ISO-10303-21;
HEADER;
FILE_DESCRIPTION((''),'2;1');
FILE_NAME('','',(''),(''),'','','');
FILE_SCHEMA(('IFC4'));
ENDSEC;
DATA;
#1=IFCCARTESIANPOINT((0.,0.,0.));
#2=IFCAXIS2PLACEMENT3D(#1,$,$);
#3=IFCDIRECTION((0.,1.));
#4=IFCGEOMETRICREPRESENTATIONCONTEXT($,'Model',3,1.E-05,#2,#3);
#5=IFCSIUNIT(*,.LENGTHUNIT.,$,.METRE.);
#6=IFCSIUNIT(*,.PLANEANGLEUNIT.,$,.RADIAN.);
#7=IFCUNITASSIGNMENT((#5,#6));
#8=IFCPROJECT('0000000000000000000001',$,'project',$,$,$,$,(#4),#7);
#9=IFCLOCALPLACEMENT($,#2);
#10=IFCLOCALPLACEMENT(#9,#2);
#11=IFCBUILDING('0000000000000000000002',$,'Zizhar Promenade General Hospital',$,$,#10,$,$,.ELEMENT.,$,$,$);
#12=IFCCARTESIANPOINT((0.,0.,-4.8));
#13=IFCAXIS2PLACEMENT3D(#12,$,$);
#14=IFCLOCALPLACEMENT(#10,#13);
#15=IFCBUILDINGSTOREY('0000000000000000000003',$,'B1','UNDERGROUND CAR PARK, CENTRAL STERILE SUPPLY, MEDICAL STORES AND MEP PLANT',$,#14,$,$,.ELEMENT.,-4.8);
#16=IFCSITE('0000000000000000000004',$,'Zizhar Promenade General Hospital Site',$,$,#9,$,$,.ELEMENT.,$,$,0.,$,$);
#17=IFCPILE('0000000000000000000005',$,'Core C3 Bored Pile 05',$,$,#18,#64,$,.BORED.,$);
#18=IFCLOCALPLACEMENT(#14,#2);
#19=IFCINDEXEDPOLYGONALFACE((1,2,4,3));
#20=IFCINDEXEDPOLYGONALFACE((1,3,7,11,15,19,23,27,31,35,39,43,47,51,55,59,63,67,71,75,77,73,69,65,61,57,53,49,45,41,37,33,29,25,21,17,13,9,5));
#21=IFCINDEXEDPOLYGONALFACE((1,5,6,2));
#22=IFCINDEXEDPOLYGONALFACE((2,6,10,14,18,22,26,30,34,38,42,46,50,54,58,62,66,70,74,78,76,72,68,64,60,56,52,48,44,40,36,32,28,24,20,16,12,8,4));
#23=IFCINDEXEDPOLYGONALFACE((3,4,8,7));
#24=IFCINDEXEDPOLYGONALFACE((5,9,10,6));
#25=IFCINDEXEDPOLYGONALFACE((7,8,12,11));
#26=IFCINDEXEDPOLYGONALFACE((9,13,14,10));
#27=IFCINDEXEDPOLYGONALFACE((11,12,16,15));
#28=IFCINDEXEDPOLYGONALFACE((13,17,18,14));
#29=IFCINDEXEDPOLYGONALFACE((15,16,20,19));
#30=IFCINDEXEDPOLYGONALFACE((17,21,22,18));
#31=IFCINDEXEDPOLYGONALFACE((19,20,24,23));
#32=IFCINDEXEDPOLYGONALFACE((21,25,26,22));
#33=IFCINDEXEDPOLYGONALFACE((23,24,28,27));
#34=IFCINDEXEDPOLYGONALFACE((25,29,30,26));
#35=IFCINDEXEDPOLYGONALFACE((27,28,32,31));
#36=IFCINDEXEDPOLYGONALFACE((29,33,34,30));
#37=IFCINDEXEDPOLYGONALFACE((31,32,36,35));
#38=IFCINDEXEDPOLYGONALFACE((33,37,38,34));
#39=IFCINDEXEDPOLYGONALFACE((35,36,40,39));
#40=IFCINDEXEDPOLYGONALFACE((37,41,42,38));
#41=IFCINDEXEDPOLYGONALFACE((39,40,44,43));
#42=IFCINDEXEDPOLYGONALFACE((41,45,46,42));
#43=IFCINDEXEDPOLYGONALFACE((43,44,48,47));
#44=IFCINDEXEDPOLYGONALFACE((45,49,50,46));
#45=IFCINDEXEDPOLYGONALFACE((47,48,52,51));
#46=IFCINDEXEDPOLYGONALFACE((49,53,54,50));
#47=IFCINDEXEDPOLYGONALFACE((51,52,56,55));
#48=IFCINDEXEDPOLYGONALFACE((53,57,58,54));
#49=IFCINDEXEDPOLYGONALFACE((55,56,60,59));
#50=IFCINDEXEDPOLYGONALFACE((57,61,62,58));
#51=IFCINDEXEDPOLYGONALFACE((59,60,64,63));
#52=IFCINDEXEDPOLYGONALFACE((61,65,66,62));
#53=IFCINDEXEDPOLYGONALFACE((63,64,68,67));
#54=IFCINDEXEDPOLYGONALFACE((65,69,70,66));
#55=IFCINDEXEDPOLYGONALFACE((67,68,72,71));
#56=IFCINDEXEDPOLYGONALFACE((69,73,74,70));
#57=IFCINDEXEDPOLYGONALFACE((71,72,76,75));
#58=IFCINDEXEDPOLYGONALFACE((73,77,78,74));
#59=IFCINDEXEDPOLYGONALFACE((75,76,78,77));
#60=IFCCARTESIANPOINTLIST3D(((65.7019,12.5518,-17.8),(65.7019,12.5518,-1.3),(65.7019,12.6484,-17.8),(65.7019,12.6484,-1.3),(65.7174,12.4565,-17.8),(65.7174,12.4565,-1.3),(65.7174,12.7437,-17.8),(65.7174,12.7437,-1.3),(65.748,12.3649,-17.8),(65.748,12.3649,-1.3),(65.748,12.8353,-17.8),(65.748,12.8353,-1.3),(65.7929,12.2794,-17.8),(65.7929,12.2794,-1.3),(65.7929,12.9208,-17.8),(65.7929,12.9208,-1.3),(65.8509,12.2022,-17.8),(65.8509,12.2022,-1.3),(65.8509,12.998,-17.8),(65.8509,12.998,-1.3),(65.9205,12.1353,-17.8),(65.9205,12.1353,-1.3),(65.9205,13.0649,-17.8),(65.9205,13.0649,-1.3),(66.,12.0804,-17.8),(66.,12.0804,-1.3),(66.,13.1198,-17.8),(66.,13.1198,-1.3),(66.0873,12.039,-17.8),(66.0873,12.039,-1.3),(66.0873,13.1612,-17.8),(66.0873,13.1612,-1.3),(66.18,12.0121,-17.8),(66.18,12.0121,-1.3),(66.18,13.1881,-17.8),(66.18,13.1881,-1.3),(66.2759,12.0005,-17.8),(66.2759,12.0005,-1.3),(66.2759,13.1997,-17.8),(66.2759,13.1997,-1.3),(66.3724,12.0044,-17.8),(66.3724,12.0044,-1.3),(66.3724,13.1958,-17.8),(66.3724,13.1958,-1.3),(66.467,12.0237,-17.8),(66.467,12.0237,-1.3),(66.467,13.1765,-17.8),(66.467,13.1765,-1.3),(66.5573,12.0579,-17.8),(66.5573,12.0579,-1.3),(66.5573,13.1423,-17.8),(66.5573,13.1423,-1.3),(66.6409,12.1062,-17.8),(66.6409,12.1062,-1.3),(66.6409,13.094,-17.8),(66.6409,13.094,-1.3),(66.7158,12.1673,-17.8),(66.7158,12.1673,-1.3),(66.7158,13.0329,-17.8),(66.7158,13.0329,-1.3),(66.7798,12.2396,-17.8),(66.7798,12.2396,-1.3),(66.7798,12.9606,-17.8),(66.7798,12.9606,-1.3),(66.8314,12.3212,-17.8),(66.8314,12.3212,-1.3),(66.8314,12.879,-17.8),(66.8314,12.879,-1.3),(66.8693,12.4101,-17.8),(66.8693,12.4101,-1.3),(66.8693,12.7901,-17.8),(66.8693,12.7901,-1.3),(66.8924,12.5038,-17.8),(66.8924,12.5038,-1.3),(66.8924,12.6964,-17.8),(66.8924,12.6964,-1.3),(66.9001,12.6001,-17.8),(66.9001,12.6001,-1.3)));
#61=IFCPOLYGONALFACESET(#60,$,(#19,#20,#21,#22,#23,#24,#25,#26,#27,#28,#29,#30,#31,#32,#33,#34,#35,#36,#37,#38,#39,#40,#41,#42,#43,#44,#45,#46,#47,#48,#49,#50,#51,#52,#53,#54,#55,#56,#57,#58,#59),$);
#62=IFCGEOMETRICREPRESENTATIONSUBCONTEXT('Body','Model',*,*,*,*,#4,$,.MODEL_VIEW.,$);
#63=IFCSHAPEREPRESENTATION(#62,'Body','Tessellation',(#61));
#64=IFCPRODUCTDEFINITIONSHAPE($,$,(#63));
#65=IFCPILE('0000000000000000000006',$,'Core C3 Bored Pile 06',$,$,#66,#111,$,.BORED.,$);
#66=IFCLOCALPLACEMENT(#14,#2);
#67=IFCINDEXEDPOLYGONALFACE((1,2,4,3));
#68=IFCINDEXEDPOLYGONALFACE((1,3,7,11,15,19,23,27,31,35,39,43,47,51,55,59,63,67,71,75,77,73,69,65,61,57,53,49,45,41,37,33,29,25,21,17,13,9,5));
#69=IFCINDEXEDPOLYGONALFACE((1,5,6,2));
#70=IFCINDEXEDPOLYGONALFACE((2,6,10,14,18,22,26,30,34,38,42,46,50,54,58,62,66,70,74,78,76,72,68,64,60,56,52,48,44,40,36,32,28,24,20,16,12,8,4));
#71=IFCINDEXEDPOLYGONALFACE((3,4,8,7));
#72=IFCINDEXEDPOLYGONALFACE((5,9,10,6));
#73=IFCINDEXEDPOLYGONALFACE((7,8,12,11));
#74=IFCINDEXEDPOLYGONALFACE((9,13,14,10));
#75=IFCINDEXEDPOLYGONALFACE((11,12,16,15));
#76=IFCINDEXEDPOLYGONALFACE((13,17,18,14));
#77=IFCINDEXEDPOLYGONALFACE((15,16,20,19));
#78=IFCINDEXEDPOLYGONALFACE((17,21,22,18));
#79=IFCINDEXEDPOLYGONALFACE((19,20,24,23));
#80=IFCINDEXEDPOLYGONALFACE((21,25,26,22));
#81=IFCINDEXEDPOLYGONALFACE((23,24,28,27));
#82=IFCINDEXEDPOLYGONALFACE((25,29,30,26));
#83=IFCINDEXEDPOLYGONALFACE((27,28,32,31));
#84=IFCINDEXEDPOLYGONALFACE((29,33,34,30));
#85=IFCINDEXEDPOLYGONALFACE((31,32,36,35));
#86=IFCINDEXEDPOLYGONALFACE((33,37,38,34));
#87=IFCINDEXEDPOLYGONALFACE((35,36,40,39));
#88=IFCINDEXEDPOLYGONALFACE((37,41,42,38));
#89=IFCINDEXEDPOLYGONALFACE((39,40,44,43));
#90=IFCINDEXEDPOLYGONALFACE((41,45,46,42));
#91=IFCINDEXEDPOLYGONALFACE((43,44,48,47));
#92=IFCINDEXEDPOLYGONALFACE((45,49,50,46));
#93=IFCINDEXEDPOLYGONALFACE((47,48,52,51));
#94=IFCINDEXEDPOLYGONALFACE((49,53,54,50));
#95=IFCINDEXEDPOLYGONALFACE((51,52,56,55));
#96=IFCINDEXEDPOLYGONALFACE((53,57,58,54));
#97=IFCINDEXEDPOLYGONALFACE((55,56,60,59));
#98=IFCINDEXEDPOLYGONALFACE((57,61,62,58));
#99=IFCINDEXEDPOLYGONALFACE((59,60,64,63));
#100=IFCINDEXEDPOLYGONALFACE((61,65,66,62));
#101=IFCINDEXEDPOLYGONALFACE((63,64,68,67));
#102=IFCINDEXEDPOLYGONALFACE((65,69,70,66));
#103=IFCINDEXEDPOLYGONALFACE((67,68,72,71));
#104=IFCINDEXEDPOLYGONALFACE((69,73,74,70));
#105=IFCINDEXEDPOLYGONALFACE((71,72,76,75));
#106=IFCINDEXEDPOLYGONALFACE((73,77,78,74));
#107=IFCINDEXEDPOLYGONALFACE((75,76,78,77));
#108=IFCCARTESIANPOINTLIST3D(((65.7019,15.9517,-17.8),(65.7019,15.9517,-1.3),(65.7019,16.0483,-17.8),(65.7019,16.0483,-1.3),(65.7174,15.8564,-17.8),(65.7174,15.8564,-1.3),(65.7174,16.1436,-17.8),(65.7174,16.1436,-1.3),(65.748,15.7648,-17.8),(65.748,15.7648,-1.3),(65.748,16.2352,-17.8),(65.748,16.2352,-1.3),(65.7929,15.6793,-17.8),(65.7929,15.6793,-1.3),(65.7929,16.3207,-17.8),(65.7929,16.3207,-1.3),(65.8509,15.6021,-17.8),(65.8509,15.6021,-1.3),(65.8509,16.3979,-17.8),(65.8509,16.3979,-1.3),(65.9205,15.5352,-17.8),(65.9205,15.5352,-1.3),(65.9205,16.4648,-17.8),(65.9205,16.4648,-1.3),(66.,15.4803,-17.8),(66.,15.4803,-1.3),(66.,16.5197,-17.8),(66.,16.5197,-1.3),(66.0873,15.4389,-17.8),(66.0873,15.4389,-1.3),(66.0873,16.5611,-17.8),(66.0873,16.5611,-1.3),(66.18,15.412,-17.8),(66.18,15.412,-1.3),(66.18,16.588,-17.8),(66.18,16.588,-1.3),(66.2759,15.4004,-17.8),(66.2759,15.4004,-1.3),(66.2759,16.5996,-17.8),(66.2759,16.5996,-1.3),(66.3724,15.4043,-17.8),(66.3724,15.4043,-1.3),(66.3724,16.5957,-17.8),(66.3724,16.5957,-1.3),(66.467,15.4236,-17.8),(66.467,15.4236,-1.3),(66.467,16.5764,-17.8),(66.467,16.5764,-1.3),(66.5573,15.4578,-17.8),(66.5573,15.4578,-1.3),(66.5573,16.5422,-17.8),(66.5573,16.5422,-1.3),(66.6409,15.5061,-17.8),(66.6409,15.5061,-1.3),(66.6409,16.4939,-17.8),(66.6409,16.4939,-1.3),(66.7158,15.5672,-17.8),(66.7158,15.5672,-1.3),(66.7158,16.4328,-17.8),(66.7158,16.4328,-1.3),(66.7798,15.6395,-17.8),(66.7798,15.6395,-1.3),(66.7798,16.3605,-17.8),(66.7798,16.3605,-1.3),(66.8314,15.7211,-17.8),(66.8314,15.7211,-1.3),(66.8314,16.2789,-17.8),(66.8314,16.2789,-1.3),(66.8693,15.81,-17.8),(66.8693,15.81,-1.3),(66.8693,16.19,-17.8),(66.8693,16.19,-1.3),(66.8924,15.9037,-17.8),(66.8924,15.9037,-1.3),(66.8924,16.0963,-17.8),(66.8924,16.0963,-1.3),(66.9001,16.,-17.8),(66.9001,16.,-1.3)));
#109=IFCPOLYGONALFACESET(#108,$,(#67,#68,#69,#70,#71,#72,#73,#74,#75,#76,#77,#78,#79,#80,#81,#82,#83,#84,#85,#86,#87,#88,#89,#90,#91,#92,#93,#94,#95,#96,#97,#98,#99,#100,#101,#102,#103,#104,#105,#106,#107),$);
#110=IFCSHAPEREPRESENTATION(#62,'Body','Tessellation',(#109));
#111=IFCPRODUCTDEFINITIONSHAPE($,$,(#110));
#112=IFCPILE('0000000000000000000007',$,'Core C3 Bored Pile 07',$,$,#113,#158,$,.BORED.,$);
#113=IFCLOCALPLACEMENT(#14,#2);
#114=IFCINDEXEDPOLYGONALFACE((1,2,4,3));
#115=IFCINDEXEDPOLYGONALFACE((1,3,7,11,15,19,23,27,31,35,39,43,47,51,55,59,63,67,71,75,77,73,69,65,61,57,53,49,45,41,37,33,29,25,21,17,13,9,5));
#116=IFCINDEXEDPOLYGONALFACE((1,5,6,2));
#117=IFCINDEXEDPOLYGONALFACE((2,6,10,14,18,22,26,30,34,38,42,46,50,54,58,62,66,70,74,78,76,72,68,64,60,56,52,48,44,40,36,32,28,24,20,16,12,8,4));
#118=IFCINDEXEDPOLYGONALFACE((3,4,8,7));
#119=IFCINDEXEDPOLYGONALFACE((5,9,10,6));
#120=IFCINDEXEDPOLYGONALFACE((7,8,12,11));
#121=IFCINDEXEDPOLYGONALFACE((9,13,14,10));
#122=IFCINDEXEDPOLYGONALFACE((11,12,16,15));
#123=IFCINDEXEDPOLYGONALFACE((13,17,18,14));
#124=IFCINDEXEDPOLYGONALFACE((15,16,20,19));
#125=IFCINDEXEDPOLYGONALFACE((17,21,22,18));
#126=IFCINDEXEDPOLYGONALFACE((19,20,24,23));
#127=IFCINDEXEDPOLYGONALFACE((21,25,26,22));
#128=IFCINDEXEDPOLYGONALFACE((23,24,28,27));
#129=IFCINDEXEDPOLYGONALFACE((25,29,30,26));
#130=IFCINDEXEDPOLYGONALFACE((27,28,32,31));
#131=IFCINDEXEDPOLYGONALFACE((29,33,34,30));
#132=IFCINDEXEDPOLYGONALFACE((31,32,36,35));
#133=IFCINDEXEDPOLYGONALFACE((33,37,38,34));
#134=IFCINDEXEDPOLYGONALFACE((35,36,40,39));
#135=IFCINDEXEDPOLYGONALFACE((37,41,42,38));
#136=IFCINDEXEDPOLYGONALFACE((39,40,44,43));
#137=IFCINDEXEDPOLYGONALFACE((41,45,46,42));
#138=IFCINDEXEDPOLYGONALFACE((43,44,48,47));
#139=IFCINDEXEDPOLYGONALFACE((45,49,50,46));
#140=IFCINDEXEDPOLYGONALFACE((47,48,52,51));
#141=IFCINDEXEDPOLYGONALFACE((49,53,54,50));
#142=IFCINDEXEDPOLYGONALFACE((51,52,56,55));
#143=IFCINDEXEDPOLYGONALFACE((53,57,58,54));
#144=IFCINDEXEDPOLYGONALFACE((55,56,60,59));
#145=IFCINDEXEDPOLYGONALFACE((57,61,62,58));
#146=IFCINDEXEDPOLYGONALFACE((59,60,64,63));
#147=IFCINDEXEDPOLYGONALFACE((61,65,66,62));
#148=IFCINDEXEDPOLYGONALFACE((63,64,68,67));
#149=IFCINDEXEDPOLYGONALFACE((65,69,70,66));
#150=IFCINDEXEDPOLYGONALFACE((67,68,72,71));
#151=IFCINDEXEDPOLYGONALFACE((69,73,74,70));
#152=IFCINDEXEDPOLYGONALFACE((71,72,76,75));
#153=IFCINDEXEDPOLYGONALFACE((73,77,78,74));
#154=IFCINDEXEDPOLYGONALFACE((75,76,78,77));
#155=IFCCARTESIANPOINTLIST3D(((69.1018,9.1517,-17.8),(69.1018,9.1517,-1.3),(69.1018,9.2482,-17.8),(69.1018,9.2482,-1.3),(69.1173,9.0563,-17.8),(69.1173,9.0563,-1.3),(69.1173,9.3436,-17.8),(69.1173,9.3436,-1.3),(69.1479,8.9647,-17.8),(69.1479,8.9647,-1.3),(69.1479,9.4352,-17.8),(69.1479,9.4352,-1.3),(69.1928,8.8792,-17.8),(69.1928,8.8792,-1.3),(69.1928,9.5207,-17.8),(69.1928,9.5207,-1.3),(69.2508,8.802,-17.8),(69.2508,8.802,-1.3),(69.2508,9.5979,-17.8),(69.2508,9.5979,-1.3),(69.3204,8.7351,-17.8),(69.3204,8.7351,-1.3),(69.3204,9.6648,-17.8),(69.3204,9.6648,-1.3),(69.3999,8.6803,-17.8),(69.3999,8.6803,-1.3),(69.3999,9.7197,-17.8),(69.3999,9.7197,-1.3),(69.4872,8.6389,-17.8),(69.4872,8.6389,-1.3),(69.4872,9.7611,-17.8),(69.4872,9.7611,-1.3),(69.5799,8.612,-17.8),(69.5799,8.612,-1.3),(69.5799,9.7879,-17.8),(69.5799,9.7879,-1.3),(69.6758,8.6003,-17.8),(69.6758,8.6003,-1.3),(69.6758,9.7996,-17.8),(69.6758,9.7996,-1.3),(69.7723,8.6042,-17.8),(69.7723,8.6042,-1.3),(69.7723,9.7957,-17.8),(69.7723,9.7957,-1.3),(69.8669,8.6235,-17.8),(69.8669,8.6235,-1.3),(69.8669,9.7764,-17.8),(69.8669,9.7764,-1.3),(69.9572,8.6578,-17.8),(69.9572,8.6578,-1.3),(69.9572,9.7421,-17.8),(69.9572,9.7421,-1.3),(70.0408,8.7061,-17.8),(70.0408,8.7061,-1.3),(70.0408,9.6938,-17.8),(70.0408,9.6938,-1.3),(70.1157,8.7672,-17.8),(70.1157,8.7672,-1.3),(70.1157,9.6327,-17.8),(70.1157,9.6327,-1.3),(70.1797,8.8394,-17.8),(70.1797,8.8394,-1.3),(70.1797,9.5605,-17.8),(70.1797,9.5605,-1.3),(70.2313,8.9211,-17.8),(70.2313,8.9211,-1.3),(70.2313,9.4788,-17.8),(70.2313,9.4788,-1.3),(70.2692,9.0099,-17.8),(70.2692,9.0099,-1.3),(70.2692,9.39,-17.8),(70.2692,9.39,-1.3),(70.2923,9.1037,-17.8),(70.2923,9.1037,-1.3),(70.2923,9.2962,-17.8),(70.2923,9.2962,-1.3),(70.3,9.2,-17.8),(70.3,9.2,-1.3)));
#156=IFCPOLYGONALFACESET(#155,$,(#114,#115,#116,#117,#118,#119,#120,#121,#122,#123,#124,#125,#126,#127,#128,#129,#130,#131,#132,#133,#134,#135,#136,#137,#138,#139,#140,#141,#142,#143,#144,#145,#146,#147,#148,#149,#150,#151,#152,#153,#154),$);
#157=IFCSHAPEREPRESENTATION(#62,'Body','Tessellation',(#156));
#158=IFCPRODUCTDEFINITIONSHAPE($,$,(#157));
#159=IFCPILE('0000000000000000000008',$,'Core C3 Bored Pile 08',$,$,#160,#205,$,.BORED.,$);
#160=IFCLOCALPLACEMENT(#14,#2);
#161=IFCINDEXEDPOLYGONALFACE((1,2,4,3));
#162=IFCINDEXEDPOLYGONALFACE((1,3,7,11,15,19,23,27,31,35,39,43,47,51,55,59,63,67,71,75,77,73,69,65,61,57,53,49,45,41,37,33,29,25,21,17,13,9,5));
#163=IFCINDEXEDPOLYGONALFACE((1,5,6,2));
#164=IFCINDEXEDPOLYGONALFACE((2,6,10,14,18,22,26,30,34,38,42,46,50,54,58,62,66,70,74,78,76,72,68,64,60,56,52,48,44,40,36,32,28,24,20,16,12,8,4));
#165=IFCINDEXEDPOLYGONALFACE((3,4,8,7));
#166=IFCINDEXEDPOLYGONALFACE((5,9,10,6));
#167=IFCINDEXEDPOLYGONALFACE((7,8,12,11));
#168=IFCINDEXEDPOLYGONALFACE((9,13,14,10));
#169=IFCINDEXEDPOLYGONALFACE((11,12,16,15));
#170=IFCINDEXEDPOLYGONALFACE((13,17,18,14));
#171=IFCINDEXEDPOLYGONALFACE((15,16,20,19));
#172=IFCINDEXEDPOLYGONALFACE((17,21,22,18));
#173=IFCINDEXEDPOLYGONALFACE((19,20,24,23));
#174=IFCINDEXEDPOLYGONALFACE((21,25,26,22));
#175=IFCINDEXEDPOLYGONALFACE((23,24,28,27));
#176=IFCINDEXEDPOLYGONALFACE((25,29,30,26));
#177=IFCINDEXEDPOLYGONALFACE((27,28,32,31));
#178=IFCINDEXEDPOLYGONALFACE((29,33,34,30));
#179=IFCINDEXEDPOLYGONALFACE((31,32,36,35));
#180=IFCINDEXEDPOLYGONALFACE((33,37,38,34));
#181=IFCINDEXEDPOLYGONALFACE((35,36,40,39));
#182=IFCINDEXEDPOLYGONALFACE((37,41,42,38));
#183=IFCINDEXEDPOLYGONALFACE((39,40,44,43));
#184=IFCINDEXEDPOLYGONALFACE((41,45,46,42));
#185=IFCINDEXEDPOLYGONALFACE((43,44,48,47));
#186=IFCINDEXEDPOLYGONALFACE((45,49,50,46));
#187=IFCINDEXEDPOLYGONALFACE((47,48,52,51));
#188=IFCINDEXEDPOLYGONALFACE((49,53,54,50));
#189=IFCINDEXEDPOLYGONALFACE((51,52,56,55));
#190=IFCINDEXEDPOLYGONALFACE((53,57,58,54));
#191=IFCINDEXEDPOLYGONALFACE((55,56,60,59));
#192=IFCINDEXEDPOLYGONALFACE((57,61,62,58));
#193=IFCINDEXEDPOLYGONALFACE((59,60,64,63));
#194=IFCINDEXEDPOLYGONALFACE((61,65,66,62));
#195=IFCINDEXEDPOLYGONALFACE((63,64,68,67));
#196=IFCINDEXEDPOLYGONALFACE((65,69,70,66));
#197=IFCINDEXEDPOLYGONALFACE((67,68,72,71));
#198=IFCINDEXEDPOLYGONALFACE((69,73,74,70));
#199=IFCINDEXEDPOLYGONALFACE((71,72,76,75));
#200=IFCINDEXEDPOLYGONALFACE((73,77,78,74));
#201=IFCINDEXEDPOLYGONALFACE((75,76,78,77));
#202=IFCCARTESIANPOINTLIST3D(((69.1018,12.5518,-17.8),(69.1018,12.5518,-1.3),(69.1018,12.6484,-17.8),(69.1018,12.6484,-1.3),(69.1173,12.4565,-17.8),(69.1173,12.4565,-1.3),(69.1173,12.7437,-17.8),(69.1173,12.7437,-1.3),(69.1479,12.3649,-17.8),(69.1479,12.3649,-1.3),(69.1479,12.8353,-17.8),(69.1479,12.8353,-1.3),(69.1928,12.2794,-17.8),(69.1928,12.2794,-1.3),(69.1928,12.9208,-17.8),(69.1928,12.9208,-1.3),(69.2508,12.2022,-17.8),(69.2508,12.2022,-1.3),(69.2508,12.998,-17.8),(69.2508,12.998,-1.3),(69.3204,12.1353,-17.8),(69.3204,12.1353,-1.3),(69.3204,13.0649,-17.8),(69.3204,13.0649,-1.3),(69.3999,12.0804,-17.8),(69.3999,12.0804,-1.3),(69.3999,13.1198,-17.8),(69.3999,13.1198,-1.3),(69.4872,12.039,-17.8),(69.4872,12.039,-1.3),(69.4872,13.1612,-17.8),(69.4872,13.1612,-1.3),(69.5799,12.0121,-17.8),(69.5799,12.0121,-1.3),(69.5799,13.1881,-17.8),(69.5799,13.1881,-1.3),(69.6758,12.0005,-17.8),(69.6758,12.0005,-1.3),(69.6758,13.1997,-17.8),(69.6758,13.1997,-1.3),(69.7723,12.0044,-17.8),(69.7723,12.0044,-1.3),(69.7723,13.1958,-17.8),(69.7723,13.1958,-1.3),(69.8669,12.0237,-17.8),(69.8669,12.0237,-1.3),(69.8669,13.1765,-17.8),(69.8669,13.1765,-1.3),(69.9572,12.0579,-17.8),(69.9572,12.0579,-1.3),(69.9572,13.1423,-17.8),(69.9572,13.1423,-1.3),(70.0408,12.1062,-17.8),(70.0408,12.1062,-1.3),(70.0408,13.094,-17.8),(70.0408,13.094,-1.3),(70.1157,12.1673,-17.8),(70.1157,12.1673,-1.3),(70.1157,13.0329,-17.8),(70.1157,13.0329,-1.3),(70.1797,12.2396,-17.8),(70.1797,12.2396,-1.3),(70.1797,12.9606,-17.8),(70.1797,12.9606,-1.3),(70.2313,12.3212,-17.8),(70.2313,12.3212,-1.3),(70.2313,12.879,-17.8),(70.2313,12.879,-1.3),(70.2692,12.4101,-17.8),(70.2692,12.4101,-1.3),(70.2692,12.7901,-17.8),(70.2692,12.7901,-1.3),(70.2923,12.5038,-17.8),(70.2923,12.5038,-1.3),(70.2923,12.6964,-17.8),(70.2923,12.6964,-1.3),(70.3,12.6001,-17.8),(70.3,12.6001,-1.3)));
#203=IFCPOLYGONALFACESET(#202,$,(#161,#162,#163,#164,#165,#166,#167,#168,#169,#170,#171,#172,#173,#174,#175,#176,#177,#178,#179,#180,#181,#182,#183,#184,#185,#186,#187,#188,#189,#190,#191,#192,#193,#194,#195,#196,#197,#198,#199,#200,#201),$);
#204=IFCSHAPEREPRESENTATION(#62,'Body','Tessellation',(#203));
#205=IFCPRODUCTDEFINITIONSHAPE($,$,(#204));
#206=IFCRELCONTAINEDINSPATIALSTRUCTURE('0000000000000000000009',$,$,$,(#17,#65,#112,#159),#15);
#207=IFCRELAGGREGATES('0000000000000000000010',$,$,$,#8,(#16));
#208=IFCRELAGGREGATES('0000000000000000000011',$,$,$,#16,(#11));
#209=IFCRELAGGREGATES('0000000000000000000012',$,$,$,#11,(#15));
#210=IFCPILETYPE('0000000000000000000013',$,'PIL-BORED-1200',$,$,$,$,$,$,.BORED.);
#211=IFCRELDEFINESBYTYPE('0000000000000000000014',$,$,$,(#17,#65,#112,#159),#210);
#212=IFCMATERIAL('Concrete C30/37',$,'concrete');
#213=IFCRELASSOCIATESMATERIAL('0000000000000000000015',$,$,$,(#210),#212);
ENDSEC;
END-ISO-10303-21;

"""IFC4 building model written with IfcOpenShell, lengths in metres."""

from ifc_helpers import new_model, si_unit, direction, frame, origin, origin_2d, place, context, subcontext, project, spatial, circle, extrude, material, material_profile, profile_set, type_object, element, save


model = new_model("IFC4")

# Units and contexts
model_context = context("Model", 3, precision=1e-05, world=origin(), true_north=direction((0.0, 1.0)))
body_context = subcontext(model_context, "Body", "Model", "MODEL_VIEW")
ifc_project = project(units=[si_unit("LENGTHUNIT", "METRE"), si_unit("PLANEANGLEUNIT", "RADIAN")], contexts=[model_context])

# Site, building, storey
site_placement = place(None, origin())
site = spatial("IfcSite", under=ifc_project, at=site_placement, Name="Zizhar Promenade General Hospital Site", CompositionType="ELEMENT", RefElevation=0.0)
building_placement = place(site_placement, origin())
building = spatial("IfcBuilding", under=site, at=building_placement, Name="Zizhar Promenade General Hospital", CompositionType="ELEMENT")
storey_placement = place(building_placement, frame((0.0, 0.0, -4.8)))
storey = spatial("IfcBuildingStorey", under=building, at=storey_placement, Name="B1", Description="UNDERGROUND CAR PARK, CENTRAL STERILE SUPPLY, MEDICAL STORES AND MEP PLANT", CompositionType="ELEMENT", Elevation=-4.8)

# Piles
ifc_material_1 = material(Name="Concrete C30/37", Category="concrete")
ifc_material_profile_1 = material_profile(ifc_material_1, circle(Radius=0.6001, at=origin_2d()))
ifc_profile_set_1 = profile_set([ifc_material_profile_1], Name="Concrete C30/37")
pile_type = type_object("IfcPileType", Name="PIL-BORED-1200", PredefinedType="BORED", material=ifc_profile_set_1)
for number, where, z_axis, x_axis, name in (
    (1, (66.3, 12.6001, -1.3), (0.0, 0.0, -1.0), (1.0, 0.0, 0.0), "Core C3 Bored Pile 05"),
    (2, (66.3, 16.0, -1.3), (0.0, 0.0, -1.0), (1.0, 0.0, 0.0), "Core C3 Bored Pile 06"),
    (3, (69.7, 9.2, -1.3), (0.0, 0.0, -1.0), (1.0, 0.0, 0.0), "Core C3 Bored Pile 07"),
    (4, (69.7, 12.6001, -1.3), (0.0, 0.0, -1.0), (1.0, 0.0, 0.0), "Core C3 Bored Pile 08"),
):
    element("IfcPile", number, at=place(storey_placement, frame(where, z_axis=z_axis, x_axis=x_axis)), inside=storey, type_object=pile_type, Name=name, PredefinedType="BORED", context=body_context, shape_type="SweptSolid", body=[
        extrude(circle(Radius=0.6001, at=origin_2d()), origin(), (0.0, 0.0, 1.0), 16.5),
    ])

save(model, "model.ifc")
